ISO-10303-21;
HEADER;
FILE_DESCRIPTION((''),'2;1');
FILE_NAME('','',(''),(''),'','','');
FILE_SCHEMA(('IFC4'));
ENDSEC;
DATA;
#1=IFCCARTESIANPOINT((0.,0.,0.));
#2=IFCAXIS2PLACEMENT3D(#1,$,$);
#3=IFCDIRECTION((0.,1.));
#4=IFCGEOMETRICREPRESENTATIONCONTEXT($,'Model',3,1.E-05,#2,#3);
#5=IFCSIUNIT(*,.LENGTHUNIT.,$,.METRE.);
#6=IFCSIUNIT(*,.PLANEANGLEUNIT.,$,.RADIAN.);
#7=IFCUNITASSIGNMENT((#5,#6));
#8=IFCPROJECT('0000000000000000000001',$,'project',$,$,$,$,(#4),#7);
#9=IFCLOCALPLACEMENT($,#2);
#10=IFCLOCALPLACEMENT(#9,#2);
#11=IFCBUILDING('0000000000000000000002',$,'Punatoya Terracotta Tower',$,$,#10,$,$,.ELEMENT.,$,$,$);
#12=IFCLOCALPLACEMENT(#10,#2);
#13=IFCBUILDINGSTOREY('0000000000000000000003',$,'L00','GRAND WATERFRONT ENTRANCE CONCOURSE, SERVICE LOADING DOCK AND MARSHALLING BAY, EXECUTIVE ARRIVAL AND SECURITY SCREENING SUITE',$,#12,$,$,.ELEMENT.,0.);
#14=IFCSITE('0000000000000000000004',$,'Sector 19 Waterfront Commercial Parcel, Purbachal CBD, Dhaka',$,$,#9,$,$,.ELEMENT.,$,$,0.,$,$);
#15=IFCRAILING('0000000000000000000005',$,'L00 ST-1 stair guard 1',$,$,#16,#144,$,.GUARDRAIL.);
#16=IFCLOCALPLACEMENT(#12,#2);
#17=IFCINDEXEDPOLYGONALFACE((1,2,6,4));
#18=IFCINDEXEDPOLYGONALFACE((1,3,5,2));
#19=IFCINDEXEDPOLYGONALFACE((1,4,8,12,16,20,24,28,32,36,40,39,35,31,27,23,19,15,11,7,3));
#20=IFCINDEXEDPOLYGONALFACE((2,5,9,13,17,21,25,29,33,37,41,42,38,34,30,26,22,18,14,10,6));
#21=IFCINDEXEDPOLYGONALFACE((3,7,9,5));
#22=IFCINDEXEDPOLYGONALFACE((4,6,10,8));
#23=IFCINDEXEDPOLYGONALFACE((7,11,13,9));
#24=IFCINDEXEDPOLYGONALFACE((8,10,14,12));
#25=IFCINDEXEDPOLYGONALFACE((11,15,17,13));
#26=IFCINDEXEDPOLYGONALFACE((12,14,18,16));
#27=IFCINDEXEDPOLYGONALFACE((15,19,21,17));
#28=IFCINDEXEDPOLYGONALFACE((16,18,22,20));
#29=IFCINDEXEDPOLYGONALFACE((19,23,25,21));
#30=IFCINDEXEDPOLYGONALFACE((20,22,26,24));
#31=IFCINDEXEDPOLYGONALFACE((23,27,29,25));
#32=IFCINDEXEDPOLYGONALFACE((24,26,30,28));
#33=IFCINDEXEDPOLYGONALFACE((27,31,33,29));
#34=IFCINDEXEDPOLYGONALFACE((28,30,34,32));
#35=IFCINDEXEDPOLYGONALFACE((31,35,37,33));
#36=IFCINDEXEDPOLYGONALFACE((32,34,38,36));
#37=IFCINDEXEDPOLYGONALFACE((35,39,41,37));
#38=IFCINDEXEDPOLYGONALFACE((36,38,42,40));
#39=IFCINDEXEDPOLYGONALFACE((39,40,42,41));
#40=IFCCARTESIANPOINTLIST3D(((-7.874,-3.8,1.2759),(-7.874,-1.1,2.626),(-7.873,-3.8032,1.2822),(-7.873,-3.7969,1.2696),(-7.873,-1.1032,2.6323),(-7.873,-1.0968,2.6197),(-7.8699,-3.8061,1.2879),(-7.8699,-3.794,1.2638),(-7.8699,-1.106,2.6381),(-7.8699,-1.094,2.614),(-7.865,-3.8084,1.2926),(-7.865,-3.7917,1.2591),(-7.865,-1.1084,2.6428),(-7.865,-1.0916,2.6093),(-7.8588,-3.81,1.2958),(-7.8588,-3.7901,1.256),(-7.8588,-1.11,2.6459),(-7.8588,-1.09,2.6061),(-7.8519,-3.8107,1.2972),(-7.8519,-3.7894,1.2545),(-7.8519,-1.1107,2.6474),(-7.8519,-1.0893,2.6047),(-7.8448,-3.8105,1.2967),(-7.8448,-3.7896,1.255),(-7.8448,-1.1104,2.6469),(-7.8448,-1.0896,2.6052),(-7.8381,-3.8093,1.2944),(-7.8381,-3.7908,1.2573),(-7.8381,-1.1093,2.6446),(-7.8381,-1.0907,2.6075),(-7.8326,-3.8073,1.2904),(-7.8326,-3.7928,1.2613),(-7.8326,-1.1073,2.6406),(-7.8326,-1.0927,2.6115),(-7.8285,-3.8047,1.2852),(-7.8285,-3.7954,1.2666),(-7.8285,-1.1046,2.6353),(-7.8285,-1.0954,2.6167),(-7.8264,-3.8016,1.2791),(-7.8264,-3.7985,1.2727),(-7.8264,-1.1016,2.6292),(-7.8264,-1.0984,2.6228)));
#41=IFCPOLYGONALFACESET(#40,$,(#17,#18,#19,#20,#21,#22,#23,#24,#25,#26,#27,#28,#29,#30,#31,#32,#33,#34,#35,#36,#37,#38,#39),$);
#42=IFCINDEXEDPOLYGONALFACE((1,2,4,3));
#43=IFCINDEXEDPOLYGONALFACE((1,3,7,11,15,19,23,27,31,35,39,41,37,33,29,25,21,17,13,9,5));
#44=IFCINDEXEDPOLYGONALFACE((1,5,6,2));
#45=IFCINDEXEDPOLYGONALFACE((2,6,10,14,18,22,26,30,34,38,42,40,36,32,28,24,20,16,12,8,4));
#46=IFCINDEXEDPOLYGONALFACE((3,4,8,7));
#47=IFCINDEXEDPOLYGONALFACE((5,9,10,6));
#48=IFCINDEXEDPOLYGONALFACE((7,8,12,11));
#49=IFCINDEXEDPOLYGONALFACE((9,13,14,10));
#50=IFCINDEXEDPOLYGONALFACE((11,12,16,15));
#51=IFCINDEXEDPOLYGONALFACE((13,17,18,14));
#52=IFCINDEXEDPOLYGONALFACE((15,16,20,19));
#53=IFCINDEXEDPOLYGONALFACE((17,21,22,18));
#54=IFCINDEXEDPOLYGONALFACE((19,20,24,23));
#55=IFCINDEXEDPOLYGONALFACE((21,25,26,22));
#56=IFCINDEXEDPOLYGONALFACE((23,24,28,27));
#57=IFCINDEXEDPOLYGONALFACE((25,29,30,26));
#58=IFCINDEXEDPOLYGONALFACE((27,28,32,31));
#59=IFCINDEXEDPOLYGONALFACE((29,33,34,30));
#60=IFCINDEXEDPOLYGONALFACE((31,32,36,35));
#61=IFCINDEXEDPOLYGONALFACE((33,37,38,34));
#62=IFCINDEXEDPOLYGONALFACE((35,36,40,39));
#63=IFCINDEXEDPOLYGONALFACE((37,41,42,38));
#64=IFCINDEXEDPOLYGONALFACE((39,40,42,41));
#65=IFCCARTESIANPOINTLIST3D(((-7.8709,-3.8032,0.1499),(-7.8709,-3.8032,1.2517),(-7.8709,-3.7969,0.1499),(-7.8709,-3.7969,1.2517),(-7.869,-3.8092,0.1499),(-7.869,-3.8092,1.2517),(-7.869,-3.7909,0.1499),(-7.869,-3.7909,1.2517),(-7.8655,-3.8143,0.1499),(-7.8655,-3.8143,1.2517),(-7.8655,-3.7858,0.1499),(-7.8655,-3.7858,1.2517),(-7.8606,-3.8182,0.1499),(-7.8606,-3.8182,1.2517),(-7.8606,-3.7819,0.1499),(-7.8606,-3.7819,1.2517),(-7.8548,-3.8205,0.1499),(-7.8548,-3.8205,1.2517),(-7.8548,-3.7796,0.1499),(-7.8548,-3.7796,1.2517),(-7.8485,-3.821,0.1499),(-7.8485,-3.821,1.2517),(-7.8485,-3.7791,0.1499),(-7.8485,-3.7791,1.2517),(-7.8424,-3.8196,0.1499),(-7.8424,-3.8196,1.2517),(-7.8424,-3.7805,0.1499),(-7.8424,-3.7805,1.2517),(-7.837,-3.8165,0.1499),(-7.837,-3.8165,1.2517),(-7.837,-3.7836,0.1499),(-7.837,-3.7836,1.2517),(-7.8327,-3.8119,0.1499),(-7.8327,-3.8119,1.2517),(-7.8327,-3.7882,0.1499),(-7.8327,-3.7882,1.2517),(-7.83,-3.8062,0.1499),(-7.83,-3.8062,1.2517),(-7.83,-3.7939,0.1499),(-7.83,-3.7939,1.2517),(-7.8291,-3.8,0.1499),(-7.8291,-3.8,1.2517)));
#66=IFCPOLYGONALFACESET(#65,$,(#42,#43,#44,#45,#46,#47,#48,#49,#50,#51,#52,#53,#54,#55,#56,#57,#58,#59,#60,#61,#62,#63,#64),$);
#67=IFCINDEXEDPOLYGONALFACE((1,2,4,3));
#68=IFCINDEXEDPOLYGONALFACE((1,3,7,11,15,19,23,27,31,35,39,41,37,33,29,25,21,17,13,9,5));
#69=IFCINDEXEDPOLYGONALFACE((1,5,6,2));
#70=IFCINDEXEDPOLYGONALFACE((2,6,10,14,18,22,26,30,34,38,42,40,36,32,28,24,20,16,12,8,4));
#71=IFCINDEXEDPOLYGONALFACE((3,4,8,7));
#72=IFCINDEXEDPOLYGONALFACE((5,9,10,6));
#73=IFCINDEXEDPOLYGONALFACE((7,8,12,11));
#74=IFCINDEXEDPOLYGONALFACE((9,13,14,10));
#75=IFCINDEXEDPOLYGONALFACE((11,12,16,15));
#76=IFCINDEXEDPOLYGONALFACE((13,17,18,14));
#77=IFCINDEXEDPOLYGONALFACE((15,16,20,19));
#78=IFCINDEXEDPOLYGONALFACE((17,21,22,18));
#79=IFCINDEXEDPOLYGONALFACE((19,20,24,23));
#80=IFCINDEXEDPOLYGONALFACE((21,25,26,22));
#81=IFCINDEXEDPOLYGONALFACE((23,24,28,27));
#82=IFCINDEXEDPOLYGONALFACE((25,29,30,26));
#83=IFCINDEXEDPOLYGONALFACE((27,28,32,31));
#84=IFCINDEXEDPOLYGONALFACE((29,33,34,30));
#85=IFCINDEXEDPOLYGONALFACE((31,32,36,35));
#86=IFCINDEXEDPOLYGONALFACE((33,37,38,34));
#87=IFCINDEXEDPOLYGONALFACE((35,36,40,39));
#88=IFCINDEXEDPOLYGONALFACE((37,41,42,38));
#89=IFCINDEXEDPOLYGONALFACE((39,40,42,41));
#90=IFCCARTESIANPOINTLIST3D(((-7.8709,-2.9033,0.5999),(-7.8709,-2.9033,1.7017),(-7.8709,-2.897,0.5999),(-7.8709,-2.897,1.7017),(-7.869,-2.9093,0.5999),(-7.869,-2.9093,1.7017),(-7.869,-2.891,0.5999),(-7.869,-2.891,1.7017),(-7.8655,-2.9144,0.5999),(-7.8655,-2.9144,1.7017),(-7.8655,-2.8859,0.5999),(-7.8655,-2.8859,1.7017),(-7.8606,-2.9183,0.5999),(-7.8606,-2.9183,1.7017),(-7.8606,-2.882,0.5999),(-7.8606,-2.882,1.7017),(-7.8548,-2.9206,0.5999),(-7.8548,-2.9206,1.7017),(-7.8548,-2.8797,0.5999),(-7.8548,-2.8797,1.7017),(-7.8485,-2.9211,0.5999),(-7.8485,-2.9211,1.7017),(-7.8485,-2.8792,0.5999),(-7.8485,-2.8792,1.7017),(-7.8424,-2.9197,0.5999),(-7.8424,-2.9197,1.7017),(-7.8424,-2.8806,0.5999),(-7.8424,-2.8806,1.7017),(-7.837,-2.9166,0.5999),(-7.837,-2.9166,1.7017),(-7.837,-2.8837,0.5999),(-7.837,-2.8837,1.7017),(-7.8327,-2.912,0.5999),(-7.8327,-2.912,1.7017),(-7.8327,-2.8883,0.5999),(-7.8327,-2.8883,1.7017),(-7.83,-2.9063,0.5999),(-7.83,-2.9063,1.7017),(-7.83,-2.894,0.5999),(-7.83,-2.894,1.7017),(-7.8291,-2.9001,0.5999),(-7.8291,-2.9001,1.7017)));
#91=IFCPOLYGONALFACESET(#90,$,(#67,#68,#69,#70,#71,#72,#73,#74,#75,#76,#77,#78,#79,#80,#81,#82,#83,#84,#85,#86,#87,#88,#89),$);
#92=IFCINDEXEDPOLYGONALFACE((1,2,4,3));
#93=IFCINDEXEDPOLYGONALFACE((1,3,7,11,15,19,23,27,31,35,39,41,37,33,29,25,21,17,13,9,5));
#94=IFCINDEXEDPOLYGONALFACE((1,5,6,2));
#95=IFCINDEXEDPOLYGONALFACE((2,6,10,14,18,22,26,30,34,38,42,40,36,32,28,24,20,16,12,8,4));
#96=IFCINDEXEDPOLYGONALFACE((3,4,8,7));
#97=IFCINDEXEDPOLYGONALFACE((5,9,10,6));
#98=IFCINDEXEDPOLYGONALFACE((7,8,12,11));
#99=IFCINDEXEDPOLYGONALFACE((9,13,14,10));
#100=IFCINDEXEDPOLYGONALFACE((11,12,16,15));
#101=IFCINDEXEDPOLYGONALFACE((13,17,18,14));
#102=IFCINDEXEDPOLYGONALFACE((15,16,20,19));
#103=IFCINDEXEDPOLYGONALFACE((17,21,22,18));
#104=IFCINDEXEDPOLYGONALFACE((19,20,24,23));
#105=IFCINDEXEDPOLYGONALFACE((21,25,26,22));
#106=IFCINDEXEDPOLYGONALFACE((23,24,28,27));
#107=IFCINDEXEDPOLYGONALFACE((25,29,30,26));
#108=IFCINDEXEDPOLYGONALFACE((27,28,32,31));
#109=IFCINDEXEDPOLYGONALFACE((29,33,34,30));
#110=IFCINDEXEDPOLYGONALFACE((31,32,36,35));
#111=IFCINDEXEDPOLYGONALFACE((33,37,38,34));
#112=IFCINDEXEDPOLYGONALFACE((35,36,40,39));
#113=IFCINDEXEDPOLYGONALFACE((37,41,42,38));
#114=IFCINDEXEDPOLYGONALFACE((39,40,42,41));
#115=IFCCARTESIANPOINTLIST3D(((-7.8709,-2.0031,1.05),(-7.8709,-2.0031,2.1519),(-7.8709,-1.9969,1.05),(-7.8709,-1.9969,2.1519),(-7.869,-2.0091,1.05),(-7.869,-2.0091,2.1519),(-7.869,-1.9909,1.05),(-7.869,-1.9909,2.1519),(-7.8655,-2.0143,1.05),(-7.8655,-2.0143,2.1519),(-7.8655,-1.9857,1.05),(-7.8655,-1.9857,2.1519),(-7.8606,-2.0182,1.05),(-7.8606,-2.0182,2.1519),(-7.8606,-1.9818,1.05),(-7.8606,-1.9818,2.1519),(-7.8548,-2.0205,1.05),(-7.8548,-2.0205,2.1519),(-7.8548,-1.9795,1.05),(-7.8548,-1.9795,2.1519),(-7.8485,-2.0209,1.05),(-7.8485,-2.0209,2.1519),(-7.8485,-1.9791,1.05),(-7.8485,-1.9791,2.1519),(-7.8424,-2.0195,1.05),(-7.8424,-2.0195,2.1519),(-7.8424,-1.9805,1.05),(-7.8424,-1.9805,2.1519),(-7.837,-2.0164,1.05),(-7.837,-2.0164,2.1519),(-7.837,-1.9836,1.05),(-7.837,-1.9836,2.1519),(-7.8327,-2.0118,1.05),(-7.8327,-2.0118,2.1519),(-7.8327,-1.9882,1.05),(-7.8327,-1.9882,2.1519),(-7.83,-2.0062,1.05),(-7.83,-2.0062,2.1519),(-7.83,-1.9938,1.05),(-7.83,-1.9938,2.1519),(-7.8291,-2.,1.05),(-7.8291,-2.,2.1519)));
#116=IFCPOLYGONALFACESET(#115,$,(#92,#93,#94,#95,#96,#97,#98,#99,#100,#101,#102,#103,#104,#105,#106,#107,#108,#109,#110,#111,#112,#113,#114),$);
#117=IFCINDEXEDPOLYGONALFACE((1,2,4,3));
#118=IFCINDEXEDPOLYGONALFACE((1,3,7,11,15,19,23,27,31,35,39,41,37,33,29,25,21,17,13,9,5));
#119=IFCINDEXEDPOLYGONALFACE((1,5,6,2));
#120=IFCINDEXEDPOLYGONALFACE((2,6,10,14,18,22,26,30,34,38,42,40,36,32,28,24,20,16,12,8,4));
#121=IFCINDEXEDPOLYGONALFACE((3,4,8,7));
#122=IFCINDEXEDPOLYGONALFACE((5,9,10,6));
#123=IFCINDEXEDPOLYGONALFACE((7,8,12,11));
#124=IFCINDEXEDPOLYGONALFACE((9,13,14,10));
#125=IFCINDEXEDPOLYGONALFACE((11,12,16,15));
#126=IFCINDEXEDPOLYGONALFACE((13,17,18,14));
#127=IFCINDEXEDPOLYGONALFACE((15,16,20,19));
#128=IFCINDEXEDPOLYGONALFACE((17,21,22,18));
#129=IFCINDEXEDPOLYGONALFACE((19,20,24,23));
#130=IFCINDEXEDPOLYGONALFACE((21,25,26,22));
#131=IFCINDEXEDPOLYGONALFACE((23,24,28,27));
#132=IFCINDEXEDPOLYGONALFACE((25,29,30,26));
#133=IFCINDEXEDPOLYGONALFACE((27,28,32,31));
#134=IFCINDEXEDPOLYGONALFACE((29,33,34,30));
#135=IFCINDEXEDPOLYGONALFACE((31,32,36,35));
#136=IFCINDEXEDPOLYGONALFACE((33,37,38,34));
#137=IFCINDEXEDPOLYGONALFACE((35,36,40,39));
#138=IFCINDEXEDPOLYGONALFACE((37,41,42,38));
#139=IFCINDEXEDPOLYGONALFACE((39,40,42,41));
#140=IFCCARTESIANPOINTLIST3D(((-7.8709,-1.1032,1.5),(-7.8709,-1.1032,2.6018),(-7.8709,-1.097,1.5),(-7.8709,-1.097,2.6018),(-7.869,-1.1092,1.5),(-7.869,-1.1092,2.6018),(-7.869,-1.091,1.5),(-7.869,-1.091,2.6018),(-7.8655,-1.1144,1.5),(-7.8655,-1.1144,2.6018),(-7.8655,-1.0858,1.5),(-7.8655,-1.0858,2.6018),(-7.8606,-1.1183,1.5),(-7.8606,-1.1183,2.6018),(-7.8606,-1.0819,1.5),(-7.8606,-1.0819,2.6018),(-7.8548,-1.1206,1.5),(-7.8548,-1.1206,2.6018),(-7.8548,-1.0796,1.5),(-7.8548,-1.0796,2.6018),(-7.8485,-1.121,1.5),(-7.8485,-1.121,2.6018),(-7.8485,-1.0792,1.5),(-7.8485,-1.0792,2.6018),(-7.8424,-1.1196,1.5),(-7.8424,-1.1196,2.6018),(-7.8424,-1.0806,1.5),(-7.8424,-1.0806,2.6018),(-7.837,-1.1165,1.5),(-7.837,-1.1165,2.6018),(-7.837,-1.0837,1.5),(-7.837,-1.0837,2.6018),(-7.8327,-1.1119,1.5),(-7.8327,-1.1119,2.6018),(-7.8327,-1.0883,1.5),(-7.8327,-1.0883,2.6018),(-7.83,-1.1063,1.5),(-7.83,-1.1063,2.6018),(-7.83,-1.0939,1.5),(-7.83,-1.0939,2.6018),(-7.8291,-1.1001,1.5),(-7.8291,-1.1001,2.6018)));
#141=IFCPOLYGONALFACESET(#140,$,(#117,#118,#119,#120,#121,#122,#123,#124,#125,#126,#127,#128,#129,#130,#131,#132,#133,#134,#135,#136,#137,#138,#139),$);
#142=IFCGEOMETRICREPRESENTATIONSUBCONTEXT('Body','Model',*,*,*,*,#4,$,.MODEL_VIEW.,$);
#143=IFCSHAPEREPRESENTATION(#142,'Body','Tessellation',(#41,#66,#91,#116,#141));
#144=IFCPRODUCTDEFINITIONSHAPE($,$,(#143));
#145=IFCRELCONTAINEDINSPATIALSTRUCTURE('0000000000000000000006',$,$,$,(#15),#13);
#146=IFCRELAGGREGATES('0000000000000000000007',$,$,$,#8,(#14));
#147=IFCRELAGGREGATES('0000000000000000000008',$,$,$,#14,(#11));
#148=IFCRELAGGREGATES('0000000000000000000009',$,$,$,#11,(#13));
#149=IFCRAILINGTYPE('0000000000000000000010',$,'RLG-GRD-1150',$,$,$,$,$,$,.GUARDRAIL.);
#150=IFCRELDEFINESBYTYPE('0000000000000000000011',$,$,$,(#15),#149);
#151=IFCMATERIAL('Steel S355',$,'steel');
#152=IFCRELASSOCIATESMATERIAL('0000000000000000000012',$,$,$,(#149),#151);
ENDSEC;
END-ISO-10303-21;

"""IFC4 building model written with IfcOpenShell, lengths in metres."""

from ifc_helpers import new_model, si_unit, direction, frame, origin, origin_2d, place, context, subcontext, project, spatial, circle, extrude, material, type_object, element, save


model = new_model("IFC4")

# Units and contexts
model_context = context("Model", 3, precision=1e-05, world=origin(), true_north=direction((0.0, 1.0)))
body_context = subcontext(model_context, "Body", "Model", "MODEL_VIEW")
ifc_project = project(units=[si_unit("LENGTHUNIT", "METRE"), si_unit("PLANEANGLEUNIT", "RADIAN")], contexts=[model_context])

# Site, building, storey
site_placement = place(None, origin())
site = spatial("IfcSite", under=ifc_project, at=site_placement, Name="Sector 19 Waterfront Commercial Parcel, Purbachal CBD, Dhaka", CompositionType="ELEMENT", RefElevation=0.0)
building_placement = place(site_placement, origin())
building = spatial("IfcBuilding", under=site, at=building_placement, Name="Punatoya Terracotta Tower", CompositionType="ELEMENT")
storey_placement = place(building_placement, origin())
storey = spatial("IfcBuildingStorey", under=building, at=storey_placement, Name="L00", Description="GRAND WATERFRONT ENTRANCE CONCOURSE, SERVICE LOADING DOCK AND MARSHALLING BAY, EXECUTIVE ARRIVAL AND SECURITY SCREENING SUITE", CompositionType="ELEMENT", Elevation=0.0)

# Shared definitions
ifc_material_1 = material(Name="Steel S355", Category="steel")

# Railing
railing_type_1 = type_object("IfcRailingType", Name="RLG-GRD-1150", PredefinedType="GUARDRAIL", material=ifc_material_1)
railing_1_placement = place(storey_placement, frame((-7.8501, -3.8, 0.1499)))
element("IfcRailing", 1, at=railing_1_placement, inside=storey, type_object=railing_type_1, Name="L00 ST-1 stair guard 1", PredefinedType="GUARDRAIL", context=body_context, shape_type="SweptSolid", body=[
    extrude(circle(Radius=0.0239, at=origin_2d()), frame((0.0, 0.0, 1.126), z_axis=(0.0, 0.894411, 0.447246), x_axis=(-1.0, 0.0, 0.0)), (0.0, 0.0, 1.0), 3.0188),
    extrude(circle(Radius=0.021, at=origin_2d()), origin(), (0.0, 0.0, 1.0), 1.1018),
    extrude(circle(Radius=0.021, at=origin_2d()), frame((0.0, 0.8999, 0.45)), (0.0, 0.0, 1.0), 1.1018),
    extrude(circle(Radius=0.021, at=origin_2d()), frame((0.0, 1.8, 0.9001)), (0.0, 0.0, 1.0), 1.1018),
    extrude(circle(Radius=0.021, at=origin_2d()), frame((0.0, 2.7, 1.3501)), (0.0, 0.0, 1.0), 1.1018),
])

save(model, "model.ifc")
